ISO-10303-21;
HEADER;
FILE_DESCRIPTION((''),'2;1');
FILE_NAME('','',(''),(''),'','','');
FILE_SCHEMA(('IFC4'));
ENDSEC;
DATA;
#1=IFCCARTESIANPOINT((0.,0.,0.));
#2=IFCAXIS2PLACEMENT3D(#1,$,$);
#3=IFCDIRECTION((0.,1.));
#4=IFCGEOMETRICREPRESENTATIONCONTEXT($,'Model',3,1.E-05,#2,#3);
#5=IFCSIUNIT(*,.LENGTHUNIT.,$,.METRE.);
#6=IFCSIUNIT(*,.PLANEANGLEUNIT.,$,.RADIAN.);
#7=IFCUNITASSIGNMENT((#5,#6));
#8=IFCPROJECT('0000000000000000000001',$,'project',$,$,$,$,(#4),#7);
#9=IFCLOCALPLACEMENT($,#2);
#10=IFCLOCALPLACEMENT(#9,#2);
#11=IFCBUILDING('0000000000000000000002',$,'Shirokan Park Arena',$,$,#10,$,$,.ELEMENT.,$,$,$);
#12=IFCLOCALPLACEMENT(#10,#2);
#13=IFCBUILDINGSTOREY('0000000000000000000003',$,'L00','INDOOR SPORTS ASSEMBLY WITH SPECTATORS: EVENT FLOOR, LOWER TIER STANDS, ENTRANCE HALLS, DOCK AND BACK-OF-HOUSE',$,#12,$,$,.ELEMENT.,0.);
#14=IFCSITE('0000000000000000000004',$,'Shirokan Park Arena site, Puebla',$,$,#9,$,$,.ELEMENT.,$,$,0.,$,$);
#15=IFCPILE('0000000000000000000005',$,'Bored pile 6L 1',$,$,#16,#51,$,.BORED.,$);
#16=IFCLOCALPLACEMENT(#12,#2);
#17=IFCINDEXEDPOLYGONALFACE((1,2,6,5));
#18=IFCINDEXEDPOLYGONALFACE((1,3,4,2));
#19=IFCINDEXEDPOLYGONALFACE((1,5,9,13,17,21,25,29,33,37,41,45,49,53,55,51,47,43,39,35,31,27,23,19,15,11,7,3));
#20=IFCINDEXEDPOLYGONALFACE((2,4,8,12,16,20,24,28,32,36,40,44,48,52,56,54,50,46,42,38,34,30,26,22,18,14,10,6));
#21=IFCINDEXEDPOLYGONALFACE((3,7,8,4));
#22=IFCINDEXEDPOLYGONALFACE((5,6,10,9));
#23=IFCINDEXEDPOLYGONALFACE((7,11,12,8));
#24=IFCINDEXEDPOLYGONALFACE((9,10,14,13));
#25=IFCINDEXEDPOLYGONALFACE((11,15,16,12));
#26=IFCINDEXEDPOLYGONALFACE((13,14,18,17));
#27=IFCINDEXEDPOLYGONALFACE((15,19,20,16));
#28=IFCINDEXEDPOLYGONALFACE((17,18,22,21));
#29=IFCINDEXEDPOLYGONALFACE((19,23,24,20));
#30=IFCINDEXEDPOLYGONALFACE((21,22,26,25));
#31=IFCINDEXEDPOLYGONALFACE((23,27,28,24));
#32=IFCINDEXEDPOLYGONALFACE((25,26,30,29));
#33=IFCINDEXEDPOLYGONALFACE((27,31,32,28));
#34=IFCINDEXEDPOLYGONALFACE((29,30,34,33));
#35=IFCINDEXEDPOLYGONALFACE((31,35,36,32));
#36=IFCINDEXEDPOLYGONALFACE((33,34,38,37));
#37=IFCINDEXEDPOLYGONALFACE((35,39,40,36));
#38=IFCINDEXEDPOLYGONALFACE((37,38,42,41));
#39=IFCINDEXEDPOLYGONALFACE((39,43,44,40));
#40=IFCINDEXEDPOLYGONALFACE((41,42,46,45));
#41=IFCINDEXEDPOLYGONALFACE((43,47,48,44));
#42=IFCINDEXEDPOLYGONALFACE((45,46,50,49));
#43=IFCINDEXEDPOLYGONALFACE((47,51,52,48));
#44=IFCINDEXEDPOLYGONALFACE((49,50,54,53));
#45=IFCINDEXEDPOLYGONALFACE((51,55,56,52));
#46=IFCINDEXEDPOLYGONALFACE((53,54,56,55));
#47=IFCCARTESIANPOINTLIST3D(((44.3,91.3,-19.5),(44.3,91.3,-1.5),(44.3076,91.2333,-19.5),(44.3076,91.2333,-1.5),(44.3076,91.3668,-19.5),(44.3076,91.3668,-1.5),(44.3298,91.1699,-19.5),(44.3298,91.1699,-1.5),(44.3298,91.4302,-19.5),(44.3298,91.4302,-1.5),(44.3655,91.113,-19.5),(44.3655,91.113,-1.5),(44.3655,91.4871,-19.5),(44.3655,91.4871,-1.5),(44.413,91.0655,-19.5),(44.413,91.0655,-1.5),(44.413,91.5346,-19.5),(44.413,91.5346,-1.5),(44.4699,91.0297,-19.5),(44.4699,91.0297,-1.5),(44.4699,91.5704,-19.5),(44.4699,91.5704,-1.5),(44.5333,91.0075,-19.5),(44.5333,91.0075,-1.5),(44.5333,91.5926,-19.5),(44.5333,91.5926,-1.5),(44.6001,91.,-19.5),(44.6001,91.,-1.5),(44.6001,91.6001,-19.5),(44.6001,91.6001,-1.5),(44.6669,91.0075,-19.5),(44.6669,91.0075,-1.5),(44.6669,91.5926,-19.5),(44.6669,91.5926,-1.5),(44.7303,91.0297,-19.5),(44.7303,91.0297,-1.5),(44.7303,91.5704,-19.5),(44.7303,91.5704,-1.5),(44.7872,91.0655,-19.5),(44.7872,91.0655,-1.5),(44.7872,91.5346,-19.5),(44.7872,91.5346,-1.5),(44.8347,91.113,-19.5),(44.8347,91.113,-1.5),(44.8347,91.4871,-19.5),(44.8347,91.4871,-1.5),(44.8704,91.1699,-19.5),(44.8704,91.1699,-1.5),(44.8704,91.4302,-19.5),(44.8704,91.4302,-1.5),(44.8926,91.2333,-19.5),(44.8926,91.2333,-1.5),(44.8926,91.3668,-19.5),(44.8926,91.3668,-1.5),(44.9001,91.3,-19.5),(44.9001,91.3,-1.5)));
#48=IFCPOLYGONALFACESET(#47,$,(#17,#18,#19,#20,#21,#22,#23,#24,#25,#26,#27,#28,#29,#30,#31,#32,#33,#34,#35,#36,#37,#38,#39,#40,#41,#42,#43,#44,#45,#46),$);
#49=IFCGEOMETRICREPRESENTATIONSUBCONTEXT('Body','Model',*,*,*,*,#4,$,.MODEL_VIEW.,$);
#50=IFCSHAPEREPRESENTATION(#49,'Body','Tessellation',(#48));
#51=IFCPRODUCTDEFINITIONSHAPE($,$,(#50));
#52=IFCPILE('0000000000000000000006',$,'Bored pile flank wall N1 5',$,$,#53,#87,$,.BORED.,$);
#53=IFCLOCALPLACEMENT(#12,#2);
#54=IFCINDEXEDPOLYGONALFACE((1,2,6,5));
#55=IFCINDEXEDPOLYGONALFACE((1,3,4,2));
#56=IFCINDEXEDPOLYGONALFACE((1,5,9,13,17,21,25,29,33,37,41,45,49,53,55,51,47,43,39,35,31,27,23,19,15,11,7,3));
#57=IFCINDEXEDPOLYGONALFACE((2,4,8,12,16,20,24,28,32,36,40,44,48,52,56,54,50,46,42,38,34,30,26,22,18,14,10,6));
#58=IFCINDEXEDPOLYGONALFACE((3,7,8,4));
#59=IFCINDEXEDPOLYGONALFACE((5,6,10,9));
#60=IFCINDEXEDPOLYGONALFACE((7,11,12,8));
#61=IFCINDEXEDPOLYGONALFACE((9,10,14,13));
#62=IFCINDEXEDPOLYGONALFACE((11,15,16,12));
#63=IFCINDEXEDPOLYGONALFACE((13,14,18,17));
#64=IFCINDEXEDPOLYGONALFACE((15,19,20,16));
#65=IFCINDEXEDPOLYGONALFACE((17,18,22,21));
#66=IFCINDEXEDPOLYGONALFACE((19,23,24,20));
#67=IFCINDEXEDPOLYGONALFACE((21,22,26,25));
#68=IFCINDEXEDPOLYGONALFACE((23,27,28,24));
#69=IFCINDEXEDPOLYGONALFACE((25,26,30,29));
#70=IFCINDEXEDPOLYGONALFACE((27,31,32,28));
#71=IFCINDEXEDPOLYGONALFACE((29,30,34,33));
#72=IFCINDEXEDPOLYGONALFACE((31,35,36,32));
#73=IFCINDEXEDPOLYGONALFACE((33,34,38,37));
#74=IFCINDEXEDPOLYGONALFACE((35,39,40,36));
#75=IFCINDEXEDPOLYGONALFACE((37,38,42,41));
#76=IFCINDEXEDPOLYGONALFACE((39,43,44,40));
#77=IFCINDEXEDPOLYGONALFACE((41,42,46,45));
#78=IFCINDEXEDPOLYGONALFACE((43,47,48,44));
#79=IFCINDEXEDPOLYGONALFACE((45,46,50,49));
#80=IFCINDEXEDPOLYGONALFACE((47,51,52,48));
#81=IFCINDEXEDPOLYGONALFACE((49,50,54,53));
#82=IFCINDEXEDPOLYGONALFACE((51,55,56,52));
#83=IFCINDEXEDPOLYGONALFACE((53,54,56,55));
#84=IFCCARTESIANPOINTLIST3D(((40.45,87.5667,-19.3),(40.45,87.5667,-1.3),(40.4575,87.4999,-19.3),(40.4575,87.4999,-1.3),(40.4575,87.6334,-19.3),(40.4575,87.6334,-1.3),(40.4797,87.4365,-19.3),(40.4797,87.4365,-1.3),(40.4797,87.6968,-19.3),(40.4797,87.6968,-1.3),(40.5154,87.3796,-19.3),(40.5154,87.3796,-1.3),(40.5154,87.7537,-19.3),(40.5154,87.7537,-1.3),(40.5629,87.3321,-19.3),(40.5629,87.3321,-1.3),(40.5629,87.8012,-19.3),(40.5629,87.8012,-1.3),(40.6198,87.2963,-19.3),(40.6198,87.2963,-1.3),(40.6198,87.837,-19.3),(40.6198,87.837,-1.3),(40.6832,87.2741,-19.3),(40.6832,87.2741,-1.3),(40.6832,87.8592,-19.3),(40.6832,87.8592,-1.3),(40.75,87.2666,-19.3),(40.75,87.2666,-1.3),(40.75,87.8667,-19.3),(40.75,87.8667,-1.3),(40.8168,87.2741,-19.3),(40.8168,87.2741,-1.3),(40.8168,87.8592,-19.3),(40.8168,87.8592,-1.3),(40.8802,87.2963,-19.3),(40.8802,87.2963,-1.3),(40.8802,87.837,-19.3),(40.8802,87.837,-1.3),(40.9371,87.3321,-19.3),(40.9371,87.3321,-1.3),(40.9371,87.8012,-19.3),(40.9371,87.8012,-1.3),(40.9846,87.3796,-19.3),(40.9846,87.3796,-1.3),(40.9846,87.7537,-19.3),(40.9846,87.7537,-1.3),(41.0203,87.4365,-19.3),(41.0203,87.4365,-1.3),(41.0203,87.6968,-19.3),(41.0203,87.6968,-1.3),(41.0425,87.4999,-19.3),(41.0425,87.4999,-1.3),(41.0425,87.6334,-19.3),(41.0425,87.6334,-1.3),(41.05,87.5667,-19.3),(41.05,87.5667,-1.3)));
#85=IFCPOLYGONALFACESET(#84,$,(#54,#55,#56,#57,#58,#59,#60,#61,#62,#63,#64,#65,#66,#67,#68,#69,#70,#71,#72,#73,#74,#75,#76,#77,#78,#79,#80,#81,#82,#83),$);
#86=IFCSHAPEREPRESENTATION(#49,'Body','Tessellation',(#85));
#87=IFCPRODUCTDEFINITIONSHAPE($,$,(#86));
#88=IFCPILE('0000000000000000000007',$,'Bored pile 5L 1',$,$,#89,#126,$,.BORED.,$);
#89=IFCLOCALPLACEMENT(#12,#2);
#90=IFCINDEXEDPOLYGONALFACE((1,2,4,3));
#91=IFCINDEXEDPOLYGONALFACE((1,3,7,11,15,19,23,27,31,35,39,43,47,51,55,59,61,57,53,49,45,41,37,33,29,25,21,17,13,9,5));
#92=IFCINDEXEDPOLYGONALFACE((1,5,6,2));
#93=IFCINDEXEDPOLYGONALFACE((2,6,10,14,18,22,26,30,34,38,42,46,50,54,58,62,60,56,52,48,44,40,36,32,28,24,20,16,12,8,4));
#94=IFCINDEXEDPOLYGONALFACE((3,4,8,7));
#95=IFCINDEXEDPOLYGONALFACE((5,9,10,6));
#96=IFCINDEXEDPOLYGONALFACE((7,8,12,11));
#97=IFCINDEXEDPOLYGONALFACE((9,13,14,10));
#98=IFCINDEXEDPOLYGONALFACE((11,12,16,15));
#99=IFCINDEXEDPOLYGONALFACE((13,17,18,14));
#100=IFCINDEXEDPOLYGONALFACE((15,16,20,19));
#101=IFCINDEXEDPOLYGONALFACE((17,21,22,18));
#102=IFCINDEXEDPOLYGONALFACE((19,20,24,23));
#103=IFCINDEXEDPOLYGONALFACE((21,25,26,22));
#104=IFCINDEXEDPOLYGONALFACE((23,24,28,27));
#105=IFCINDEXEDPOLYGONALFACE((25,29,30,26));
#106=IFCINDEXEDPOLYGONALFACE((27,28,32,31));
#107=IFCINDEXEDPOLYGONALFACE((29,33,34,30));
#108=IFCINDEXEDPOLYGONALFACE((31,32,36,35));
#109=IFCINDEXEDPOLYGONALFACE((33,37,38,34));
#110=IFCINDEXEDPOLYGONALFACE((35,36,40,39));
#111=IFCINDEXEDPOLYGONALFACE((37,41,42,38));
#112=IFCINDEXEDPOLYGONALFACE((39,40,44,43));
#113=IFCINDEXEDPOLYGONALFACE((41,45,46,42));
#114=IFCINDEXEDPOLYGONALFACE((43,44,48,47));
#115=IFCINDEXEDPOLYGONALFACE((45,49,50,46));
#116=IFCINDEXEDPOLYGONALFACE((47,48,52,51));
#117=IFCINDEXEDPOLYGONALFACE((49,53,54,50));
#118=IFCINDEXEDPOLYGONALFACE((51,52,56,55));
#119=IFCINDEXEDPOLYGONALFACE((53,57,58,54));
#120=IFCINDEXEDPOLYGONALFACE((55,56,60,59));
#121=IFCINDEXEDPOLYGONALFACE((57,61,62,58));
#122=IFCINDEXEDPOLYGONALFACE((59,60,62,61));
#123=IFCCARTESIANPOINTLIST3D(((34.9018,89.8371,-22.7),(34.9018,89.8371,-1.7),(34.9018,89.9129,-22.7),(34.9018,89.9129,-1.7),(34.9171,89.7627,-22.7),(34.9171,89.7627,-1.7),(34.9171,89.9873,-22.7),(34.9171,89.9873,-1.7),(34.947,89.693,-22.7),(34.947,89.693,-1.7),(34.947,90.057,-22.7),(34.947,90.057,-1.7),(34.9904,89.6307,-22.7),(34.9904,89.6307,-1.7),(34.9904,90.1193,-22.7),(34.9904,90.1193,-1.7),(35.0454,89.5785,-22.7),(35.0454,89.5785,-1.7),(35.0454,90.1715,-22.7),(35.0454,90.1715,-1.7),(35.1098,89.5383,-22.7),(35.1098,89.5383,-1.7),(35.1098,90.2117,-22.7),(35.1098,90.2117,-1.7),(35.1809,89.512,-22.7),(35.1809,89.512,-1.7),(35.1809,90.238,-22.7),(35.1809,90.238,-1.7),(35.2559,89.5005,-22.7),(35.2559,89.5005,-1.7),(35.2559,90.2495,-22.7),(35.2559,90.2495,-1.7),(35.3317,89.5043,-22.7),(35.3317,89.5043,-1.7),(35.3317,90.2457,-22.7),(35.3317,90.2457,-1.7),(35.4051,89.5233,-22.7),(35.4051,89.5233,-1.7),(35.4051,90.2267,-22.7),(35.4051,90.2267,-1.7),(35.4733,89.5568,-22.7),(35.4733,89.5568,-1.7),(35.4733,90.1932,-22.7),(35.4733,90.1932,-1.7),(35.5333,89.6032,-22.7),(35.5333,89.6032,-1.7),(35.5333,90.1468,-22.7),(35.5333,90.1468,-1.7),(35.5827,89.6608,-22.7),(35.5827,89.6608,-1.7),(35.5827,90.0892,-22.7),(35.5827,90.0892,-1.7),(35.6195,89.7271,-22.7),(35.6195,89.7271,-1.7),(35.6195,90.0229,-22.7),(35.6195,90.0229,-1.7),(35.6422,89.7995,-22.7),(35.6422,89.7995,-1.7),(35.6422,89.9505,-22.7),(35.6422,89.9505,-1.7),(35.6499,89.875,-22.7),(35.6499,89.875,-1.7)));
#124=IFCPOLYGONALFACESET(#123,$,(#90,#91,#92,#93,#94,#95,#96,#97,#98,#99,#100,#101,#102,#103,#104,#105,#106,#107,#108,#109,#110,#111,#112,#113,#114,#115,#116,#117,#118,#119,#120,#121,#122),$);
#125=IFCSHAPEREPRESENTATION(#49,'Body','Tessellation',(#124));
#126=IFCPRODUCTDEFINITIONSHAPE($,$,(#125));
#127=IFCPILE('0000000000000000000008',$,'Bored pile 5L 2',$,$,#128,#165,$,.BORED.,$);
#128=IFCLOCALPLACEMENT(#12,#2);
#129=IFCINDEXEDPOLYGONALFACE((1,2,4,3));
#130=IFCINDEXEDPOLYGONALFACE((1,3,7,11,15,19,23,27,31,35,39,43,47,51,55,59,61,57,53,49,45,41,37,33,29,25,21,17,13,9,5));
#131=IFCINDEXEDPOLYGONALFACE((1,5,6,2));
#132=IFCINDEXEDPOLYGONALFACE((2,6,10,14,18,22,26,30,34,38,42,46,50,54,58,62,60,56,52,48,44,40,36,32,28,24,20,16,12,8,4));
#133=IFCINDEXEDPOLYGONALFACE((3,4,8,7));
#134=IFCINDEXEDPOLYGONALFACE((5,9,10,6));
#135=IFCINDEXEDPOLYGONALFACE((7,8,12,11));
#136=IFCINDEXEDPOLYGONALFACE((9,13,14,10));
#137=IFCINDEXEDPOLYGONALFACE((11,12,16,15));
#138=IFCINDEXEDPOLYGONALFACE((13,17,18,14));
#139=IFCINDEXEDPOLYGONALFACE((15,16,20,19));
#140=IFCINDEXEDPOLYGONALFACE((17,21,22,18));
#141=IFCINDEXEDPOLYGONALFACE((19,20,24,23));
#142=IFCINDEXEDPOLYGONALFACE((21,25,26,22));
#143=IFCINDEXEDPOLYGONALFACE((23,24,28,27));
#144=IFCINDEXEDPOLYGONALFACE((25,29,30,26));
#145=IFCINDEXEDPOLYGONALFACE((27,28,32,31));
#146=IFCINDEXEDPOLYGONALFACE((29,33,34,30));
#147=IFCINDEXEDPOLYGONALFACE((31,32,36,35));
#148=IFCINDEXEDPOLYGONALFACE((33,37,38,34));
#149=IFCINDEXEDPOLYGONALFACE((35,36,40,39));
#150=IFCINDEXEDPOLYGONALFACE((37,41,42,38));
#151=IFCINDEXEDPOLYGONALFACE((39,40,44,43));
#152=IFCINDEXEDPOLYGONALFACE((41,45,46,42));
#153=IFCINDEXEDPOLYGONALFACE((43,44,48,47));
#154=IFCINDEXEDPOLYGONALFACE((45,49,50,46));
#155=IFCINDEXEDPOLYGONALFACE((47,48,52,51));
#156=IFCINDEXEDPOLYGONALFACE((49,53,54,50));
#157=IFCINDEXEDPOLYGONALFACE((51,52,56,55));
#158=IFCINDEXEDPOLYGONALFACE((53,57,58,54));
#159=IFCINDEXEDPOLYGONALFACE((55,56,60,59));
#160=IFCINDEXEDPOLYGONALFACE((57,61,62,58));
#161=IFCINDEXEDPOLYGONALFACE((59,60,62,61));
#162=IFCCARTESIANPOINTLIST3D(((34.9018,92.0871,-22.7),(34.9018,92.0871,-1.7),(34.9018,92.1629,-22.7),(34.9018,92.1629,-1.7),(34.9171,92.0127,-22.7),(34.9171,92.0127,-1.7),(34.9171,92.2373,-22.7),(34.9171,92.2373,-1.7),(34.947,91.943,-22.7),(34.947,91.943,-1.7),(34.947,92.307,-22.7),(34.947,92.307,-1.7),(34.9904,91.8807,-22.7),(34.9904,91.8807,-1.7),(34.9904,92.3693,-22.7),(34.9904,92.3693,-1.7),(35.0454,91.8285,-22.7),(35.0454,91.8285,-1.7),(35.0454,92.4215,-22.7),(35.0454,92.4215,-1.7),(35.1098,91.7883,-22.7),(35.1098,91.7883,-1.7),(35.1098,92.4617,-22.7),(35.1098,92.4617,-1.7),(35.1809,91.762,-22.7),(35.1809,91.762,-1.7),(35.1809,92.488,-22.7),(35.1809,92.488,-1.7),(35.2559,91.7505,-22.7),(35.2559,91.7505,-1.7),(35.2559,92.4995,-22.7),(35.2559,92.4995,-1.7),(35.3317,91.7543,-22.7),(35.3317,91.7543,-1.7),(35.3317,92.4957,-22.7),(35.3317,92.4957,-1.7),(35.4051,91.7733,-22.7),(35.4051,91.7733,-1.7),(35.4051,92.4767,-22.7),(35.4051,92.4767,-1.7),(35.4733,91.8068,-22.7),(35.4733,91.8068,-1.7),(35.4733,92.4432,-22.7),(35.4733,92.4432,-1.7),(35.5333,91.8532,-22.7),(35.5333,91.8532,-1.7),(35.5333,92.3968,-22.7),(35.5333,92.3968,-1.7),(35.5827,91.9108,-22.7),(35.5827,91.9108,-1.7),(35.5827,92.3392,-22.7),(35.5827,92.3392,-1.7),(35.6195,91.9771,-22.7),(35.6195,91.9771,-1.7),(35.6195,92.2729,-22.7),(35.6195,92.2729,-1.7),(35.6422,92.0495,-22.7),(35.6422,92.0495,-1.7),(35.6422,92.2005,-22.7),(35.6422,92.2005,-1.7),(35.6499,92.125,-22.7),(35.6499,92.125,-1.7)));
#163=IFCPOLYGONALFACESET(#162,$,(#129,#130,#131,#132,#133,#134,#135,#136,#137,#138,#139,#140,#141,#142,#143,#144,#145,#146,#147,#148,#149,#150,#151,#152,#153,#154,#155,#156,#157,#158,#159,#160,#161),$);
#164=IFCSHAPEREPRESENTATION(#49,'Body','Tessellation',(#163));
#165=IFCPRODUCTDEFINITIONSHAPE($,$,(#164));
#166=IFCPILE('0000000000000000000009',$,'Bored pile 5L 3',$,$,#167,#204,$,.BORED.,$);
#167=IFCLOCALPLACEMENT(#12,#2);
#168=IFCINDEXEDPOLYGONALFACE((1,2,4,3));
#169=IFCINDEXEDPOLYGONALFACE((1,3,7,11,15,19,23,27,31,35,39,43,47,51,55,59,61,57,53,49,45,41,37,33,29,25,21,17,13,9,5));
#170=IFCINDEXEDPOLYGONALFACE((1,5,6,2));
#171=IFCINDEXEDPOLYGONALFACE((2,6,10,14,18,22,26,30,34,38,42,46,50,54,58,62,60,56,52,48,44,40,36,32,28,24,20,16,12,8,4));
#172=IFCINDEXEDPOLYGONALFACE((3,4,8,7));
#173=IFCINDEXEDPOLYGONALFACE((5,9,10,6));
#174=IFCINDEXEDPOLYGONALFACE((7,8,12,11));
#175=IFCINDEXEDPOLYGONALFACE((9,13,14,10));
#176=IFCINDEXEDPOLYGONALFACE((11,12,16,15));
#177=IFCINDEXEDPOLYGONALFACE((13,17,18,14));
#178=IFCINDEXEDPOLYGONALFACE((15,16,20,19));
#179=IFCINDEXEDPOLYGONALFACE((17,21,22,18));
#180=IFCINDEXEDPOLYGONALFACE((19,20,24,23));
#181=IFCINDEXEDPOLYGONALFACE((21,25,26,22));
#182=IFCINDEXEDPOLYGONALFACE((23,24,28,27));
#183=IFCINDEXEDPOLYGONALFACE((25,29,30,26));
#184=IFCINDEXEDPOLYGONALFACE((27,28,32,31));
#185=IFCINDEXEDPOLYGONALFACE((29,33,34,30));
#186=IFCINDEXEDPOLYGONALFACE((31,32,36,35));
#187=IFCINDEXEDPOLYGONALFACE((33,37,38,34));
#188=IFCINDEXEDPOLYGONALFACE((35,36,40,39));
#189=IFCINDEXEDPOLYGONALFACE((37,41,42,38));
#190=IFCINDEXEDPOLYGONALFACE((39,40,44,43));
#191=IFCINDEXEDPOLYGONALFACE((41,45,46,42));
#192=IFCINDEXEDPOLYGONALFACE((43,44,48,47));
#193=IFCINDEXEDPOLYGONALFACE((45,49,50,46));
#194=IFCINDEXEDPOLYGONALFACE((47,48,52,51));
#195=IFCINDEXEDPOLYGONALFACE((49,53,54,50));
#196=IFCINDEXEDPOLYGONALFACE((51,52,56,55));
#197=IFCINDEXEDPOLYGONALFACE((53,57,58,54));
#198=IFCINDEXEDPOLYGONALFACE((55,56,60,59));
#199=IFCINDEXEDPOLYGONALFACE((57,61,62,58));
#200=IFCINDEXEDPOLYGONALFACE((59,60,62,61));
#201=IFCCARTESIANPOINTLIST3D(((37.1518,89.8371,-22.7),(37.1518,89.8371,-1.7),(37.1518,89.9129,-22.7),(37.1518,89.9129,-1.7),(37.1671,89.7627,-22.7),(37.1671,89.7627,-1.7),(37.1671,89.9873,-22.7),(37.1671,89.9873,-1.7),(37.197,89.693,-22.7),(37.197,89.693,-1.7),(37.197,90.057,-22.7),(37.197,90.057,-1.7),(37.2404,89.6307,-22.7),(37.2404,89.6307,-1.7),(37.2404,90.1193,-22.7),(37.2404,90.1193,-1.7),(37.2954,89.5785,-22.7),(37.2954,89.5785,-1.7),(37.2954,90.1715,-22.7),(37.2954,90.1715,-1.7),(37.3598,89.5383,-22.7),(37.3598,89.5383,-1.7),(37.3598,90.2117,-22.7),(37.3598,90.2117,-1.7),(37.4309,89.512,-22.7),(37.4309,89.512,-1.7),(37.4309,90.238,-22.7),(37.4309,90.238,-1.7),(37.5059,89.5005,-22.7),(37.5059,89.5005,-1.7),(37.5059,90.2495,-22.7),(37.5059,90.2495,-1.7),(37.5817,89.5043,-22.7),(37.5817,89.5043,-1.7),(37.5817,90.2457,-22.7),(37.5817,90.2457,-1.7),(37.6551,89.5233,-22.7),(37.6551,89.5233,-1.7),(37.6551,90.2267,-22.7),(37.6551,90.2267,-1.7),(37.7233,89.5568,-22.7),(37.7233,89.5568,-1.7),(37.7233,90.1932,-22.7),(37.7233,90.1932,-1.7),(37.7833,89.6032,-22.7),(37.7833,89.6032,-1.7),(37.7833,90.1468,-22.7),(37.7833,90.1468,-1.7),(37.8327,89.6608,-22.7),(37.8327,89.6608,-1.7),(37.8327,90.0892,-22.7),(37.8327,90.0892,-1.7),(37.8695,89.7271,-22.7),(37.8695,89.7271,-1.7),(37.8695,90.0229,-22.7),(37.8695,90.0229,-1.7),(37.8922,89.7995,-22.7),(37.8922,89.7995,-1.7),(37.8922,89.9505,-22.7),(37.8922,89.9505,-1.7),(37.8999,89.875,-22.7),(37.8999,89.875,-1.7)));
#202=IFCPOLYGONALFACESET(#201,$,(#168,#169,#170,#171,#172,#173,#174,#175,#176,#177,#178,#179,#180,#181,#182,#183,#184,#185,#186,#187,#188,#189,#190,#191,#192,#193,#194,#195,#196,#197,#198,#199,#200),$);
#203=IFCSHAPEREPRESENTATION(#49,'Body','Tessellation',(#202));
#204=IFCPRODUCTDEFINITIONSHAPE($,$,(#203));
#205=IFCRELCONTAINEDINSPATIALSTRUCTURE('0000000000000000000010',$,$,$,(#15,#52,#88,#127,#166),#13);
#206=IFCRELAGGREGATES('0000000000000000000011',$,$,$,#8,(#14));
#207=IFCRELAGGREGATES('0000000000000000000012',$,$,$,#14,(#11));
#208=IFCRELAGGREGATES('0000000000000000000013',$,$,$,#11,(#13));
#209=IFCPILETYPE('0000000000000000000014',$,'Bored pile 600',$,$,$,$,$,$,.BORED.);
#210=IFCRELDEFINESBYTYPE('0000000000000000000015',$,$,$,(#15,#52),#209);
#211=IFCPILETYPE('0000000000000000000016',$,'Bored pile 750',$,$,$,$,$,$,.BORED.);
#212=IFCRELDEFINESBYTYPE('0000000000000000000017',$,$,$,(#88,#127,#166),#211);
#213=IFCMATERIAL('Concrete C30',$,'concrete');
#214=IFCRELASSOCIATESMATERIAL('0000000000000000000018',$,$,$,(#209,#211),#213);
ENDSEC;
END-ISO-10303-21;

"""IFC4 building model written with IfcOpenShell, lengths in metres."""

from ifc_helpers import new_model, si_unit, direction, frame, origin, origin_2d, place, context, subcontext, project, spatial, circle, extrude, material, material_profile, profile_set, type_object, element, save


model = new_model("IFC4")

# Units and contexts
model_context = context("Model", 3, precision=1e-05, world=origin(), true_north=direction((0.0, 1.0)))
body_context = subcontext(model_context, "Body", "Model", "MODEL_VIEW")
ifc_project = project(units=[si_unit("LENGTHUNIT", "METRE"), si_unit("PLANEANGLEUNIT", "RADIAN")], contexts=[model_context])

# Site, building, storey
site_placement = place(None, origin())
site = spatial("IfcSite", under=ifc_project, at=site_placement, Name="Shirokan Park Arena site, Puebla", CompositionType="ELEMENT", RefElevation=0.0)
building_placement = place(site_placement, origin())
building = spatial("IfcBuilding", under=site, at=building_placement, Name="Shirokan Park Arena", CompositionType="ELEMENT")
storey_placement = place(building_placement, origin())
storey = spatial("IfcBuildingStorey", under=building, at=storey_placement, Name="L00", Description="INDOOR SPORTS ASSEMBLY WITH SPECTATORS: EVENT FLOOR, LOWER TIER STANDS, ENTRANCE HALLS, DOCK AND BACK-OF-HOUSE", CompositionType="ELEMENT", Elevation=0.0)

# Piles
ifc_material_1 = material(Name="Concrete C30", Category="concrete")
ifc_material_profile_1 = material_profile(ifc_material_1, circle(Radius=0.3, at=origin_2d()), Name="D600")
ifc_profile_set_1 = profile_set([ifc_material_profile_1], Name="Concrete C30")
pile_type_1 = type_object("IfcPileType", Name="Bored pile 600", PredefinedType="BORED", material=ifc_profile_set_1)
for number, where, z_axis, x_axis, name in (
    (1, (44.6001, 91.3, -1.5), (0.0, 0.0, -1.0), (1.0, 0.0, 0.0), "Bored pile 6L 1"),
    (2, (40.75, 87.5667, -1.3), (0.0, 0.0, -1.0), (1.0, 0.0, 0.0), "Bored pile flank wall N1 5"),
):
    element("IfcPile", number, at=place(storey_placement, frame(where, z_axis=z_axis, x_axis=x_axis)), inside=storey, type_object=pile_type_1, Name=name, PredefinedType="BORED", context=body_context, shape_type="SweptSolid", body=[
        extrude(circle(Radius=0.3, at=origin_2d()), origin(), (0.0, 0.0, 1.0), 18.0),
    ])
ifc_material_profile_2 = material_profile(ifc_material_1, circle(Radius=0.375, at=origin_2d()), Name="D750")
ifc_profile_set_2 = profile_set([ifc_material_profile_2], Name="Concrete C30")
pile_type_2 = type_object("IfcPileType", Name="Bored pile 750", PredefinedType="BORED", material=ifc_profile_set_2)
for number, where, z_axis, x_axis, name in (
    (3, (35.2749, 89.875, -1.7), (0.0, 0.0, -1.0), (1.0, 0.0, 0.0), "Bored pile 5L 1"),
    (4, (35.2749, 92.125, -1.7), (0.0, 0.0, -1.0), (1.0, 0.0, 0.0), "Bored pile 5L 2"),
    (5, (37.5249, 89.875, -1.7), (0.0, 0.0, -1.0), (1.0, 0.0, 0.0), "Bored pile 5L 3"),
):
    element("IfcPile", number, at=place(storey_placement, frame(where, z_axis=z_axis, x_axis=x_axis)), inside=storey, type_object=pile_type_2, Name=name, PredefinedType="BORED", context=body_context, shape_type="SweptSolid", body=[
        extrude(circle(Radius=0.375, at=origin_2d()), origin(), (0.0, 0.0, 1.0), 21.0),
    ])

save(model, "model.ifc")
